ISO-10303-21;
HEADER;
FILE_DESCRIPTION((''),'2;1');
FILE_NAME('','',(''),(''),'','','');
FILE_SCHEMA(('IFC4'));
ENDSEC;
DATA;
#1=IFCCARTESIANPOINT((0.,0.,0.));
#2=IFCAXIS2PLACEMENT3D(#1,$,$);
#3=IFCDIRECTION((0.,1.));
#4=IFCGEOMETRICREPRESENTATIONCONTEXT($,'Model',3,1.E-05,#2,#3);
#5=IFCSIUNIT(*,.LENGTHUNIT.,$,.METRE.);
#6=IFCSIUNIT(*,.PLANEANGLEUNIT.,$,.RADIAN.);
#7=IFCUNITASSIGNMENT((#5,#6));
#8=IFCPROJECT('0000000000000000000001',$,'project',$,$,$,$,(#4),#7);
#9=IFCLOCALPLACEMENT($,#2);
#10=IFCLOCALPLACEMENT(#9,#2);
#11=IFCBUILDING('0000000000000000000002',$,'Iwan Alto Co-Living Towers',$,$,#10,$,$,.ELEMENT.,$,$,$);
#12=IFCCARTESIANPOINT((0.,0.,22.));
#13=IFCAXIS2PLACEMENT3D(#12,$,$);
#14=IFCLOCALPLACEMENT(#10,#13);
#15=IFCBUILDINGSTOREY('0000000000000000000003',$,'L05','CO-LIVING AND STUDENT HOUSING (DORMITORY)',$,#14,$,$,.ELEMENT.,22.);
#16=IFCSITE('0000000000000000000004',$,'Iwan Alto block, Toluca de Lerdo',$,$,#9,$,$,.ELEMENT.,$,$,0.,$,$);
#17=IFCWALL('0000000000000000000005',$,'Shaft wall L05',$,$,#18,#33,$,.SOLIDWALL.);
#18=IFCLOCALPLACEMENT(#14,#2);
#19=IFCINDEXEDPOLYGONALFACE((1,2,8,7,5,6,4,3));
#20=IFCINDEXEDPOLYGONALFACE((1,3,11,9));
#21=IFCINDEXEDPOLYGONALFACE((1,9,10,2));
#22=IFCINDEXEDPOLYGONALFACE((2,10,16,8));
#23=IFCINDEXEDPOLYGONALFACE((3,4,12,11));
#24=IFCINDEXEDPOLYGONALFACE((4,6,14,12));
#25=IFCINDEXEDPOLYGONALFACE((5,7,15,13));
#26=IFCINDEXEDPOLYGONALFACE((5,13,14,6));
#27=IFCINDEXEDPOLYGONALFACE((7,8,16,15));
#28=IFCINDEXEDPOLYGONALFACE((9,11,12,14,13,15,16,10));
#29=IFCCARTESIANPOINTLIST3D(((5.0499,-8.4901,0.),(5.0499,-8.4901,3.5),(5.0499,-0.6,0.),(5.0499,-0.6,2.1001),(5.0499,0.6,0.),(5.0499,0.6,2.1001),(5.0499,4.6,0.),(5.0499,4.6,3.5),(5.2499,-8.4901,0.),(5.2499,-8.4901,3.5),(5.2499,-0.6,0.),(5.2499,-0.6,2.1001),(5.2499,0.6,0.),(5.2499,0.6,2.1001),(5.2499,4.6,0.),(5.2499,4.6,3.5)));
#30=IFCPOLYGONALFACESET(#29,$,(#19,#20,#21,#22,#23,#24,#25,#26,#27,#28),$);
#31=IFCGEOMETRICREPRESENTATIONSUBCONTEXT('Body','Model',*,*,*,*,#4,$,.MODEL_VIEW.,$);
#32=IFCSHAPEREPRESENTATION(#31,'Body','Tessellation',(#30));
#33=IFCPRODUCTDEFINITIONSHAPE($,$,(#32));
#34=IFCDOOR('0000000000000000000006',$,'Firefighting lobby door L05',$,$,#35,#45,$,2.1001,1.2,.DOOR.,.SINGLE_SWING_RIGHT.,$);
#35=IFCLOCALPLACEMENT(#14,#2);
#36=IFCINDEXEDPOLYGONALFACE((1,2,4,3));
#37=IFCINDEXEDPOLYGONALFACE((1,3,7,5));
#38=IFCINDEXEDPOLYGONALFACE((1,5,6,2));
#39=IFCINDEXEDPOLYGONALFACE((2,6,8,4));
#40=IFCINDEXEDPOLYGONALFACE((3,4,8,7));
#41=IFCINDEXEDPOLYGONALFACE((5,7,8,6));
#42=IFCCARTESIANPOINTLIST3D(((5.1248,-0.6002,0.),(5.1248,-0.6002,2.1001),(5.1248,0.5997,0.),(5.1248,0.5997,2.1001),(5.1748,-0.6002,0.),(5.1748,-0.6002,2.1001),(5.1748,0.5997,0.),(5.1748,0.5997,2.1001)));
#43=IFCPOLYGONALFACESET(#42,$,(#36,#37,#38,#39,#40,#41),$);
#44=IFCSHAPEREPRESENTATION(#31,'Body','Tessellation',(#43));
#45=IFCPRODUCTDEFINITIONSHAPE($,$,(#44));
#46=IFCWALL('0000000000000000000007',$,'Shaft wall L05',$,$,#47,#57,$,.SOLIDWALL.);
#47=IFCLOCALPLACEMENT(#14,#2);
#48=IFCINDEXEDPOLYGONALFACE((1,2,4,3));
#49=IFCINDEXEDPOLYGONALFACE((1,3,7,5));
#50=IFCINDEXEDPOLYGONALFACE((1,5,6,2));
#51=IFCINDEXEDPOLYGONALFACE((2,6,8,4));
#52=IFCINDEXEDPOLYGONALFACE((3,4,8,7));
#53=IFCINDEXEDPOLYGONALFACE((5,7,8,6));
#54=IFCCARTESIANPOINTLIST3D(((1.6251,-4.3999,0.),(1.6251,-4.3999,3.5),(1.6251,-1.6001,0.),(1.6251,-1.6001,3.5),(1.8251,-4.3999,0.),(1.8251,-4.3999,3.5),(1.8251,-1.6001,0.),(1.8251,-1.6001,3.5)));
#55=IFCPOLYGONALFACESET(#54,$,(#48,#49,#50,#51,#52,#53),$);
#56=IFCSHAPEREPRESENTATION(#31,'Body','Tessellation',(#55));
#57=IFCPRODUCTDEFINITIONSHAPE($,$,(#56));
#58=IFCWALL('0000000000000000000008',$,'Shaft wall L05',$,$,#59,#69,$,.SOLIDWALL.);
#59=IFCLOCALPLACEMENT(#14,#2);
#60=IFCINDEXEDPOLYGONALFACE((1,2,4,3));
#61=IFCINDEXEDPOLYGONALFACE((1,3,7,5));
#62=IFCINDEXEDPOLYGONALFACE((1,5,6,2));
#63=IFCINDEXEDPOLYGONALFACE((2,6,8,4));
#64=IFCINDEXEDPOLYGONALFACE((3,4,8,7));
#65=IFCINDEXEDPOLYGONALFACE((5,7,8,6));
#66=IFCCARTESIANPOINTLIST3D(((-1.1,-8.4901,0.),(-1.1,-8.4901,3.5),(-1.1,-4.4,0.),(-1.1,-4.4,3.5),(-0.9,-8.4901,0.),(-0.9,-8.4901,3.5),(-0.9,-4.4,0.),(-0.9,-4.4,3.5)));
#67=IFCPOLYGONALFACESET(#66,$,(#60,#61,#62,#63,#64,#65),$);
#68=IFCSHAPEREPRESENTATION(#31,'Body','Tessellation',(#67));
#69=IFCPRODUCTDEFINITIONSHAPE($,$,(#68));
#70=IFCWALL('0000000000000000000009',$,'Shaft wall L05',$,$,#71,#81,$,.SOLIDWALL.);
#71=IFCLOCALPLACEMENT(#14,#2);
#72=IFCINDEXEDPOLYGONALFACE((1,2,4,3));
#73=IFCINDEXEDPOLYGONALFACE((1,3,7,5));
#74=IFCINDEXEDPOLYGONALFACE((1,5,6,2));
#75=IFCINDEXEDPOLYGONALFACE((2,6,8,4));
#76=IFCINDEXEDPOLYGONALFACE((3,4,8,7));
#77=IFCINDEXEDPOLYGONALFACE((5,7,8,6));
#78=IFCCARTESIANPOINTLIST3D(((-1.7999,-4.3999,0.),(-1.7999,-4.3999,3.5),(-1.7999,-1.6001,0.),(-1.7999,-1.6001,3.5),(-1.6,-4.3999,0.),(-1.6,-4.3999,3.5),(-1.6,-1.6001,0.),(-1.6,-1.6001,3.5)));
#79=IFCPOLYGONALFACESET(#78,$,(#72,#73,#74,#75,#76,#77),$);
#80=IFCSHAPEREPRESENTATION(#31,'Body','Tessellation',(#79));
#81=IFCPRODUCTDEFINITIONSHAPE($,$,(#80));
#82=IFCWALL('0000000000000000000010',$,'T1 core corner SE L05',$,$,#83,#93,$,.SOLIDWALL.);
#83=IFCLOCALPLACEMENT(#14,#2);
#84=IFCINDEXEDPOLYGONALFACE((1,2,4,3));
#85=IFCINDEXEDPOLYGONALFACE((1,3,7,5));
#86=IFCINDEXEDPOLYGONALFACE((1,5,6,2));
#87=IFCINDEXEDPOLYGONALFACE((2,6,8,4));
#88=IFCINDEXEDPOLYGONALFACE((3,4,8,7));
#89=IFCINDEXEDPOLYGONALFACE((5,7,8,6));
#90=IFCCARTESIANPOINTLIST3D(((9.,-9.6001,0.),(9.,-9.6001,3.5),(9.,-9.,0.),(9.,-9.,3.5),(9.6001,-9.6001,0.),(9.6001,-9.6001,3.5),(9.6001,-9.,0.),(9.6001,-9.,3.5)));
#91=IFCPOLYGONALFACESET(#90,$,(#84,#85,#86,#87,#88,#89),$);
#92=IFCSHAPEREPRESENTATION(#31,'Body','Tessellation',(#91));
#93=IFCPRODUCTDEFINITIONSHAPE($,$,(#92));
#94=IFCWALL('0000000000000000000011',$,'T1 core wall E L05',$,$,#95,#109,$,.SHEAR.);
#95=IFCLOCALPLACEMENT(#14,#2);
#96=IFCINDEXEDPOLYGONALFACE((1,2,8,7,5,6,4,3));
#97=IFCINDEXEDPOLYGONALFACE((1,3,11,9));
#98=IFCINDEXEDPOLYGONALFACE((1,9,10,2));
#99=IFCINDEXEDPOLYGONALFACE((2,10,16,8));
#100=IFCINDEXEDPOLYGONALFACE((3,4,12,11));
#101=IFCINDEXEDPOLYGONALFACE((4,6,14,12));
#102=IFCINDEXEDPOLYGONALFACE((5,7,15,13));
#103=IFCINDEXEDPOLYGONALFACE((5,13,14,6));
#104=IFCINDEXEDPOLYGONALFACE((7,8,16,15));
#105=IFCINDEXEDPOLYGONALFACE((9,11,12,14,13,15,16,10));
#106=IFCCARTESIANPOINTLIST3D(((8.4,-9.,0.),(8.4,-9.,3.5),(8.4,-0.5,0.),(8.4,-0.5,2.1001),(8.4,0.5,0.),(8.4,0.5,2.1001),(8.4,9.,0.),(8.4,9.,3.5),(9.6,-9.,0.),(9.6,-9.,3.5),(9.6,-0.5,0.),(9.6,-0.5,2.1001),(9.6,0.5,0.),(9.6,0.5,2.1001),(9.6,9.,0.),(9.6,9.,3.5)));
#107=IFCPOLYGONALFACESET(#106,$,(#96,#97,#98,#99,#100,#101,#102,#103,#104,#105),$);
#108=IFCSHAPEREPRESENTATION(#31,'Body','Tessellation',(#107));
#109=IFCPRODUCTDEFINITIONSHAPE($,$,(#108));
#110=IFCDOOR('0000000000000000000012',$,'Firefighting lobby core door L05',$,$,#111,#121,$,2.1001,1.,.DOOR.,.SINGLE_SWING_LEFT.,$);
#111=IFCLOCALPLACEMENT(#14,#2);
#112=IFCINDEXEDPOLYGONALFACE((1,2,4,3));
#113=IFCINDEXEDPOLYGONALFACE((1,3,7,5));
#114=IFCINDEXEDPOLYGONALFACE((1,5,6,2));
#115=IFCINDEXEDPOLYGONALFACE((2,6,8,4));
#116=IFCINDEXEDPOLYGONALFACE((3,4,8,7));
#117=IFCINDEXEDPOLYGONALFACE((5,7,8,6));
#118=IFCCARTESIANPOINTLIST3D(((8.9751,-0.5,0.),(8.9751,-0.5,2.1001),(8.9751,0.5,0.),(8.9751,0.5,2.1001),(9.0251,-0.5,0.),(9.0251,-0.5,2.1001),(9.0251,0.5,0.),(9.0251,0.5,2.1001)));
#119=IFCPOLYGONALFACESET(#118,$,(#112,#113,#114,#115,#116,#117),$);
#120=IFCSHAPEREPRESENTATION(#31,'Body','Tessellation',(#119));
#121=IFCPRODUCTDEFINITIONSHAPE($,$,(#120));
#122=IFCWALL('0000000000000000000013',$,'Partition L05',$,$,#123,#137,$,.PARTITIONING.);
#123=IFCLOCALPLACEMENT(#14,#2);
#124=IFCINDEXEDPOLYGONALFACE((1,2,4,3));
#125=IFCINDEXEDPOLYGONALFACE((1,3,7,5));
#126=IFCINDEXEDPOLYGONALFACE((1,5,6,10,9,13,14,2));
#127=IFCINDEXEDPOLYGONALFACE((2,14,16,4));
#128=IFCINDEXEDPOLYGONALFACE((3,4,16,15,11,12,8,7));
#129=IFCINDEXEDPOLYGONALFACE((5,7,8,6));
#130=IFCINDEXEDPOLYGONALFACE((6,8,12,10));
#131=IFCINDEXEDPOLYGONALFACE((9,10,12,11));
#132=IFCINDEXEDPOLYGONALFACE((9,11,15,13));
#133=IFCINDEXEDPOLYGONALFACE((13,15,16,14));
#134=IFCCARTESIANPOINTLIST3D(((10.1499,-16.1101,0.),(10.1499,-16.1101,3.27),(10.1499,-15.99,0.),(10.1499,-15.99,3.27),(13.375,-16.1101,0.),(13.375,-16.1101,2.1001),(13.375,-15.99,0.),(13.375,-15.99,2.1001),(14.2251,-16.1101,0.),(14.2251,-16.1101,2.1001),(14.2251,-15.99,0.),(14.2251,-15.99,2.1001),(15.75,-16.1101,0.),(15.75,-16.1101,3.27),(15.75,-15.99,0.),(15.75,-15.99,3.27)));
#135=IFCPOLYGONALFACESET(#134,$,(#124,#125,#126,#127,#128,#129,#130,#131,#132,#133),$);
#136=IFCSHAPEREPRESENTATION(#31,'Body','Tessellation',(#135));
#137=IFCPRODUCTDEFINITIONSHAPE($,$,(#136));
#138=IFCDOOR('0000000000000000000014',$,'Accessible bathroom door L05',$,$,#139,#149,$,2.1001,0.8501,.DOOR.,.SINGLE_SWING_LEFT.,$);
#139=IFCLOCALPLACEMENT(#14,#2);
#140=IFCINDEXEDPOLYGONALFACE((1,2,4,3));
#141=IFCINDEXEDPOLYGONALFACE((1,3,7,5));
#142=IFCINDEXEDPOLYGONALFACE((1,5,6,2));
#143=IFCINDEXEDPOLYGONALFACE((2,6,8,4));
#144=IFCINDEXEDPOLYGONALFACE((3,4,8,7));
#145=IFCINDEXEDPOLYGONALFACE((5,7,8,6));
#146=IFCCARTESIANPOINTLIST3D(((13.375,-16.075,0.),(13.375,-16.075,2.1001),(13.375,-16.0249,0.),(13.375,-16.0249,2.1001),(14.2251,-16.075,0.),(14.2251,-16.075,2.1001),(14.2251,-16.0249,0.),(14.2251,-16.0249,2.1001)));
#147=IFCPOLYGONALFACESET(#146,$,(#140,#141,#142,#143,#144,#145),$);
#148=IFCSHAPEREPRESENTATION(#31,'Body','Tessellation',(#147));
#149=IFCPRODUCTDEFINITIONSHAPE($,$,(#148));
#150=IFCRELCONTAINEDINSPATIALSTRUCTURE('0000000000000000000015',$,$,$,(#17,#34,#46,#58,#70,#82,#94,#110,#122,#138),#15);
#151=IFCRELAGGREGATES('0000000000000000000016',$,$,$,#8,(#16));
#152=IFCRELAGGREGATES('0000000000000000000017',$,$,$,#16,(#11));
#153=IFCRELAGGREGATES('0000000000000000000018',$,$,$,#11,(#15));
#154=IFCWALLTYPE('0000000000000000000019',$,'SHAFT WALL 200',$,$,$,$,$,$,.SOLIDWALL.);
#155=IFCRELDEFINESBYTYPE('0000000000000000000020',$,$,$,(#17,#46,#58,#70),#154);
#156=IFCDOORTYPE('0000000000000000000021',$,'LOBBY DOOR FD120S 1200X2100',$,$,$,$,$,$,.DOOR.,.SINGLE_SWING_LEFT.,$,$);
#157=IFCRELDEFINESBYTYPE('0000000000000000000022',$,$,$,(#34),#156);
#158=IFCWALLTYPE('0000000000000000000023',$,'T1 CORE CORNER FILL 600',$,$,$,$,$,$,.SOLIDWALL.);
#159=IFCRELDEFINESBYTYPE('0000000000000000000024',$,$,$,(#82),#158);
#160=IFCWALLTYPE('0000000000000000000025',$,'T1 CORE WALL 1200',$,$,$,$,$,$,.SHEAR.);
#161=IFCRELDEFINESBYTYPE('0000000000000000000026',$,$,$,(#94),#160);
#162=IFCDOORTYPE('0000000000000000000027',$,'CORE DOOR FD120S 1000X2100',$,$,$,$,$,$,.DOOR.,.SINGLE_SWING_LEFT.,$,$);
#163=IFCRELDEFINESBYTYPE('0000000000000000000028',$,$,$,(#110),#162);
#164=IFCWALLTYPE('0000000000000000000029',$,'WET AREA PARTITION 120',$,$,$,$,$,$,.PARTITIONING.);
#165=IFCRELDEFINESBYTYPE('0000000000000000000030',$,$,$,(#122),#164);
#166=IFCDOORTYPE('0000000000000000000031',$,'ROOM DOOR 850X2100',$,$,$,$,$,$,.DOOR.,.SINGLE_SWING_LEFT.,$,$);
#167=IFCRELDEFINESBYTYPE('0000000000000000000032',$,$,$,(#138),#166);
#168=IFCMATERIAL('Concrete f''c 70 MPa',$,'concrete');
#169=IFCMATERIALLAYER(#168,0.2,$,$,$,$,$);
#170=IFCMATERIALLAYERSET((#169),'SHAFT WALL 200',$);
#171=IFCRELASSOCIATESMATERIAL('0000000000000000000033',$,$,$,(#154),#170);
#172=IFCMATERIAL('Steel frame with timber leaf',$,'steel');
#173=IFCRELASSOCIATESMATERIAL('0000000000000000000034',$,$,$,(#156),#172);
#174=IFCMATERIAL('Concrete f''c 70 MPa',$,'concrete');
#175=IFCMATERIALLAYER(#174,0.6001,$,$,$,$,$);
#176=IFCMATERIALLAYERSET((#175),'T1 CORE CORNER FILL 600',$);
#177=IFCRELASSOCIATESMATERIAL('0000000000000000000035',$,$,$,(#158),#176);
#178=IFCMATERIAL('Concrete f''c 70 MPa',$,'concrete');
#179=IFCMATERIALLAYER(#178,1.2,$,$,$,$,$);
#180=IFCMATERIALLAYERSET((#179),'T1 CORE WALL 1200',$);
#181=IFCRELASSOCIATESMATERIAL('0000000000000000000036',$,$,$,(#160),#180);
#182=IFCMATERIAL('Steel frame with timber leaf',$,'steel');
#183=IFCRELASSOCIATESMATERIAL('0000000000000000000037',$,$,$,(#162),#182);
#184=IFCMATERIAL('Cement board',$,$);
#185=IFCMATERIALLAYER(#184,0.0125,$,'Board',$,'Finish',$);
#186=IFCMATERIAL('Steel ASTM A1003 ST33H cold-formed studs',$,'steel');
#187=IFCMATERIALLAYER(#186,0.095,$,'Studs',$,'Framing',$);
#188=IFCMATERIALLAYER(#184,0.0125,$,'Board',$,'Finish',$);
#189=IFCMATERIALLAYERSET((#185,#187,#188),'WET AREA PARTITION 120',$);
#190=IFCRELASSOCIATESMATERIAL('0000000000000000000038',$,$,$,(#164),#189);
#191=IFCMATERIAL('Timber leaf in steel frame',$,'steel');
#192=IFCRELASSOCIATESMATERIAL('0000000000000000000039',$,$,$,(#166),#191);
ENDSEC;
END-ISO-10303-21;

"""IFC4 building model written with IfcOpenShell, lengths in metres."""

from ifc_helpers import new_model, si_unit, direction, frame, frame_2d, origin, place, context, subcontext, project, spatial, rectangle, extrude, material, layer, layer_set, type_object, element, fill, save


model = new_model("IFC4")

# Units and contexts
model_context = context("Model", 3, precision=1e-05, world=origin(), true_north=direction((0.0, 1.0)))
body_context = subcontext(model_context, "Body", "Model", "MODEL_VIEW")
ifc_project = project(units=[si_unit("LENGTHUNIT", "METRE"), si_unit("PLANEANGLEUNIT", "RADIAN")], contexts=[model_context])

# Site, building, storey
site_placement = place(None, origin())
site = spatial("IfcSite", under=ifc_project, at=site_placement, Name="Iwan Alto block, Toluca de Lerdo", CompositionType="ELEMENT", RefElevation=0.0)
building_placement = place(site_placement, origin())
building = spatial("IfcBuilding", under=site, at=building_placement, Name="Iwan Alto Co-Living Towers", CompositionType="ELEMENT")
storey_placement = place(building_placement, frame((0.0, 0.0, 22.0)))
storey = spatial("IfcBuildingStorey", under=building, at=storey_placement, Name="L05", Description="CO-LIVING AND STUDENT HOUSING (DORMITORY)", CompositionType="ELEMENT", Elevation=22.0)

# Shared definitions
ifc_material_1 = material(Name="Steel ASTM A1003 ST33H cold-formed studs", Category="steel")

# Wall, opening, door
ifc_material_2 = material(Name="Concrete f'c 70 MPa", Category="concrete")
ifc_layer_1 = layer(ifc_material_2, 0.2)
ifc_layer_set_1 = layer_set([ifc_layer_1], Name="SHAFT WALL 200")
wall_type_1 = type_object("IfcWallType", Name="SHAFT WALL 200", PredefinedType="SOLIDWALL", material=ifc_layer_set_1)
wall_1_placement = place(storey_placement, frame((5.1499, -8.49, 0.0), z_axis=(0.0, 0.0, 1.0), x_axis=(0.0, 1.0, 0.0)))
wall_1 = element("IfcWall", 1, at=wall_1_placement, inside=storey, type_object=wall_type_1, Name="Shaft wall L05", PredefinedType="SOLIDWALL", context=body_context, shape_type="SweptSolid", body=[
    extrude(rectangle(XDim=13.0901, YDim=0.2, at=frame_2d((6.5449, 0.0))), origin(), (0.0, 0.0, 1.0), 3.5),
])
opening_1_placement = place(wall_1_placement, frame((7.8899, 0.0, 0.0)))
opening_1 = element("IfcOpeningElement", 2, at=opening_1_placement, cuts=wall_1, PredefinedType="OPENING", context=body_context, shape_type="SweptSolid", body=[
    extrude(rectangle(XDim=1.2, YDim=2.1001, at=frame_2d((0.6001, 1.05))), frame((0.0, 0.1099, 0.0), z_axis=(0.0, -1.0, 0.0), x_axis=(1.0, 0.0, 0.0)), (0.0, 0.0, 1.0), 0.22),
])
ifc_material_3 = material(Name="Steel frame with timber leaf", Category="steel")
door_type_1 = type_object("IfcDoorType", Name="LOBBY DOOR FD120S 1200X2100", OperationType="SINGLE_SWING_LEFT", PredefinedType="DOOR", material=ifc_material_3)
door_1_placement = place(opening_1_placement, frame((1.2, 0.0, 0.0), z_axis=(0.0, 0.0, 1.0), x_axis=(-1.0, 0.0, 0.0)))
door_1 = element("IfcDoor", 3, at=door_1_placement, inside=storey, type_object=door_type_1, Name="Firefighting lobby door L05", OperationType="SINGLE_SWING_RIGHT", OverallHeight=2.1001, OverallWidth=1.2, PredefinedType="DOOR", context=body_context, shape_type="SweptSolid", body=[
    extrude(rectangle(XDim=1.2, YDim=2.1001, at=frame_2d((0.6001, 1.05))), frame((0.0, 0.0249, 0.0), z_axis=(0.0, -1.0, 0.0), x_axis=(1.0, 0.0, 0.0)), (0.0, 0.0, 1.0), 0.05),
])
fill(opening_1, door_1)

# Walls
wall_2_placement = place(storey_placement, frame((1.7251, -4.3999, 0.0), z_axis=(0.0, 0.0, 1.0), x_axis=(0.0, 1.0, 0.0)))
element("IfcWall", 4, at=wall_2_placement, inside=storey, type_object=wall_type_1, Name="Shaft wall L05", PredefinedType="SOLIDWALL", context=body_context, shape_type="SweptSolid", body=[
    extrude(rectangle(XDim=2.7998, YDim=0.2, at=frame_2d((1.3999, 0.0))), origin(), (0.0, 0.0, 1.0), 3.5),
])
wall_3_placement = place(storey_placement, frame((-1.0, -8.49, 0.0), z_axis=(0.0, 0.0, 1.0), x_axis=(0.0, 1.0, 0.0)))
element("IfcWall", 5, at=wall_3_placement, inside=storey, type_object=wall_type_1, Name="Shaft wall L05", PredefinedType="SOLIDWALL", context=body_context, shape_type="SweptSolid", body=[
    extrude(rectangle(XDim=4.0901, YDim=0.2, at=frame_2d((2.0449, 0.0))), origin(), (0.0, 0.0, 1.0), 3.5),
])
wall_4_placement = place(storey_placement, frame((-1.7, -4.3999, 0.0), z_axis=(0.0, 0.0, 1.0), x_axis=(0.0, 1.0, 0.0)))
element("IfcWall", 6, at=wall_4_placement, inside=storey, type_object=wall_type_1, Name="Shaft wall L05", PredefinedType="SOLIDWALL", context=body_context, shape_type="SweptSolid", body=[
    extrude(rectangle(XDim=2.7998, YDim=0.2, at=frame_2d((1.3999, 0.0))), origin(), (0.0, 0.0, 1.0), 3.5),
])
ifc_material_4 = material(Name="Concrete f'c 70 MPa", Category="concrete")
ifc_layer_2 = layer(ifc_material_4, 0.6001)
ifc_layer_set_2 = layer_set([ifc_layer_2], Name="T1 CORE CORNER FILL 600")
wall_type_2 = type_object("IfcWallType", Name="T1 CORE CORNER FILL 600", PredefinedType="SOLIDWALL", material=ifc_layer_set_2)
wall_5_placement = place(storey_placement, frame((9.0, -9.3, 0.0), z_axis=(0.0, 0.0, 1.0), x_axis=(1.0, 0.0, 0.0)))
element("IfcWall", 7, at=wall_5_placement, inside=storey, type_object=wall_type_2, Name="T1 core corner SE L05", PredefinedType="SOLIDWALL", context=body_context, shape_type="SweptSolid", body=[
    extrude(rectangle(XDim=0.6001, YDim=0.6001, at=frame_2d((0.3, 0.0))), origin(), (0.0, 0.0, 1.0), 3.5),
])

# Walls, openings, doors
ifc_material_5 = material(Name="Concrete f'c 70 MPa", Category="concrete")
ifc_layer_3 = layer(ifc_material_5, 1.2)
ifc_layer_set_3 = layer_set([ifc_layer_3], Name="T1 CORE WALL 1200")
wall_type_3 = type_object("IfcWallType", Name="T1 CORE WALL 1200", PredefinedType="SHEAR", material=ifc_layer_set_3)
wall_6_placement = place(storey_placement, frame((9.0, -9.0, 0.0), z_axis=(0.0, 0.0, 1.0), x_axis=(0.0, 1.0, 0.0)))
wall_6 = element("IfcWall", 8, at=wall_6_placement, inside=storey, type_object=wall_type_3, Name="T1 core wall E L05", PredefinedType="SHEAR", context=body_context, shape_type="SweptSolid", body=[
    extrude(rectangle(XDim=18.0, YDim=1.2, at=frame_2d((9.0, 0.0))), origin(), (0.0, 0.0, 1.0), 3.5),
])
opening_2_placement = place(wall_6_placement, frame((8.5, 0.0, 0.0)))
opening_2 = element("IfcOpeningElement", 9, at=opening_2_placement, cuts=wall_6, PredefinedType="OPENING", context=body_context, shape_type="SweptSolid", body=[
    extrude(rectangle(XDim=1.0, YDim=2.1001, at=frame_2d((0.5, 1.05))), frame((0.0, 0.6099, 0.0), z_axis=(0.0, -1.0, 0.0), x_axis=(1.0, 0.0, 0.0)), (0.0, 0.0, 1.0), 1.22),
])
ifc_material_6 = material(Name="Steel frame with timber leaf", Category="steel")
door_type_2 = type_object("IfcDoorType", Name="CORE DOOR FD120S 1000X2100", OperationType="SINGLE_SWING_LEFT", PredefinedType="DOOR", material=ifc_material_6)
door_2_placement = place(opening_2_placement, origin())
door_2 = element("IfcDoor", 10, at=door_2_placement, inside=storey, type_object=door_type_2, Name="Firefighting lobby core door L05", OperationType="SINGLE_SWING_LEFT", OverallHeight=2.1001, OverallWidth=1.0, PredefinedType="DOOR", context=body_context, shape_type="SweptSolid", body=[
    extrude(rectangle(XDim=1.0, YDim=2.1001, at=frame_2d((0.5, 1.05))), frame((0.0, 0.0249, 0.0), z_axis=(0.0, -1.0, 0.0), x_axis=(1.0, 0.0, 0.0)), (0.0, 0.0, 1.0), 0.05),
])
fill(opening_2, door_2)
ifc_material_7 = material(Name="Cement board")
ifc_layer_4 = layer(ifc_material_7, 0.0125, Name="Board", Category="Finish")
ifc_layer_5 = layer(ifc_material_1, 0.095, Name="Studs", Category="Framing")
ifc_layer_6 = layer(ifc_material_7, 0.0125, Name="Board", Category="Finish")
ifc_layer_set_4 = layer_set([ifc_layer_4, ifc_layer_5, ifc_layer_6], Name="WET AREA PARTITION 120")
wall_type_4 = type_object("IfcWallType", Name="WET AREA PARTITION 120", PredefinedType="PARTITIONING", material=ifc_layer_set_4)
wall_7_placement = place(storey_placement, frame((10.1499, -16.05, 0.0), z_axis=(0.0, 0.0, 1.0), x_axis=(1.0, 0.0, 0.0)))
wall_7 = element("IfcWall", 11, at=wall_7_placement, inside=storey, type_object=wall_type_4, Name="Partition L05", PredefinedType="PARTITIONING", context=body_context, shape_type="SweptSolid", body=[
    extrude(rectangle(XDim=5.6001, YDim=0.1201, at=frame_2d((2.8, 0.0))), origin(), (0.0, 0.0, 1.0), 3.27),
])
opening_3_placement = place(wall_7_placement, frame((3.2251, 0.0, 0.0)))
opening_3 = element("IfcOpeningElement", 12, at=opening_3_placement, cuts=wall_7, PredefinedType="OPENING", context=body_context, shape_type="SweptSolid", body=[
    extrude(rectangle(XDim=0.8501, YDim=2.1001, at=frame_2d((0.425, 1.05))), frame((0.0, 0.0701, 0.0), z_axis=(0.0, -1.0, 0.0), x_axis=(1.0, 0.0, 0.0)), (0.0, 0.0, 1.0), 0.1401),
])
ifc_material_8 = material(Name="Timber leaf in steel frame", Category="steel")
door_type_3 = type_object("IfcDoorType", Name="ROOM DOOR 850X2100", OperationType="SINGLE_SWING_LEFT", PredefinedType="DOOR", material=ifc_material_8)
door_3_placement = place(opening_3_placement, frame((0.8501, 0.0, 0.0), z_axis=(0.0, 0.0, 1.0), x_axis=(-1.0, 0.0, 0.0)))
door_3 = element("IfcDoor", 13, at=door_3_placement, inside=storey, type_object=door_type_3, Name="Accessible bathroom door L05", OperationType="SINGLE_SWING_LEFT", OverallHeight=2.1001, OverallWidth=0.8501, PredefinedType="DOOR", context=body_context, shape_type="SweptSolid", body=[
    extrude(rectangle(XDim=0.8501, YDim=2.1001, at=frame_2d((0.425, 1.05))), frame((0.0, 0.0249, 0.0), z_axis=(0.0, -1.0, 0.0), x_axis=(1.0, 0.0, 0.0)), (0.0, 0.0, 1.0), 0.05),
])
fill(opening_3, door_3)

save(model, "model.ifc")
